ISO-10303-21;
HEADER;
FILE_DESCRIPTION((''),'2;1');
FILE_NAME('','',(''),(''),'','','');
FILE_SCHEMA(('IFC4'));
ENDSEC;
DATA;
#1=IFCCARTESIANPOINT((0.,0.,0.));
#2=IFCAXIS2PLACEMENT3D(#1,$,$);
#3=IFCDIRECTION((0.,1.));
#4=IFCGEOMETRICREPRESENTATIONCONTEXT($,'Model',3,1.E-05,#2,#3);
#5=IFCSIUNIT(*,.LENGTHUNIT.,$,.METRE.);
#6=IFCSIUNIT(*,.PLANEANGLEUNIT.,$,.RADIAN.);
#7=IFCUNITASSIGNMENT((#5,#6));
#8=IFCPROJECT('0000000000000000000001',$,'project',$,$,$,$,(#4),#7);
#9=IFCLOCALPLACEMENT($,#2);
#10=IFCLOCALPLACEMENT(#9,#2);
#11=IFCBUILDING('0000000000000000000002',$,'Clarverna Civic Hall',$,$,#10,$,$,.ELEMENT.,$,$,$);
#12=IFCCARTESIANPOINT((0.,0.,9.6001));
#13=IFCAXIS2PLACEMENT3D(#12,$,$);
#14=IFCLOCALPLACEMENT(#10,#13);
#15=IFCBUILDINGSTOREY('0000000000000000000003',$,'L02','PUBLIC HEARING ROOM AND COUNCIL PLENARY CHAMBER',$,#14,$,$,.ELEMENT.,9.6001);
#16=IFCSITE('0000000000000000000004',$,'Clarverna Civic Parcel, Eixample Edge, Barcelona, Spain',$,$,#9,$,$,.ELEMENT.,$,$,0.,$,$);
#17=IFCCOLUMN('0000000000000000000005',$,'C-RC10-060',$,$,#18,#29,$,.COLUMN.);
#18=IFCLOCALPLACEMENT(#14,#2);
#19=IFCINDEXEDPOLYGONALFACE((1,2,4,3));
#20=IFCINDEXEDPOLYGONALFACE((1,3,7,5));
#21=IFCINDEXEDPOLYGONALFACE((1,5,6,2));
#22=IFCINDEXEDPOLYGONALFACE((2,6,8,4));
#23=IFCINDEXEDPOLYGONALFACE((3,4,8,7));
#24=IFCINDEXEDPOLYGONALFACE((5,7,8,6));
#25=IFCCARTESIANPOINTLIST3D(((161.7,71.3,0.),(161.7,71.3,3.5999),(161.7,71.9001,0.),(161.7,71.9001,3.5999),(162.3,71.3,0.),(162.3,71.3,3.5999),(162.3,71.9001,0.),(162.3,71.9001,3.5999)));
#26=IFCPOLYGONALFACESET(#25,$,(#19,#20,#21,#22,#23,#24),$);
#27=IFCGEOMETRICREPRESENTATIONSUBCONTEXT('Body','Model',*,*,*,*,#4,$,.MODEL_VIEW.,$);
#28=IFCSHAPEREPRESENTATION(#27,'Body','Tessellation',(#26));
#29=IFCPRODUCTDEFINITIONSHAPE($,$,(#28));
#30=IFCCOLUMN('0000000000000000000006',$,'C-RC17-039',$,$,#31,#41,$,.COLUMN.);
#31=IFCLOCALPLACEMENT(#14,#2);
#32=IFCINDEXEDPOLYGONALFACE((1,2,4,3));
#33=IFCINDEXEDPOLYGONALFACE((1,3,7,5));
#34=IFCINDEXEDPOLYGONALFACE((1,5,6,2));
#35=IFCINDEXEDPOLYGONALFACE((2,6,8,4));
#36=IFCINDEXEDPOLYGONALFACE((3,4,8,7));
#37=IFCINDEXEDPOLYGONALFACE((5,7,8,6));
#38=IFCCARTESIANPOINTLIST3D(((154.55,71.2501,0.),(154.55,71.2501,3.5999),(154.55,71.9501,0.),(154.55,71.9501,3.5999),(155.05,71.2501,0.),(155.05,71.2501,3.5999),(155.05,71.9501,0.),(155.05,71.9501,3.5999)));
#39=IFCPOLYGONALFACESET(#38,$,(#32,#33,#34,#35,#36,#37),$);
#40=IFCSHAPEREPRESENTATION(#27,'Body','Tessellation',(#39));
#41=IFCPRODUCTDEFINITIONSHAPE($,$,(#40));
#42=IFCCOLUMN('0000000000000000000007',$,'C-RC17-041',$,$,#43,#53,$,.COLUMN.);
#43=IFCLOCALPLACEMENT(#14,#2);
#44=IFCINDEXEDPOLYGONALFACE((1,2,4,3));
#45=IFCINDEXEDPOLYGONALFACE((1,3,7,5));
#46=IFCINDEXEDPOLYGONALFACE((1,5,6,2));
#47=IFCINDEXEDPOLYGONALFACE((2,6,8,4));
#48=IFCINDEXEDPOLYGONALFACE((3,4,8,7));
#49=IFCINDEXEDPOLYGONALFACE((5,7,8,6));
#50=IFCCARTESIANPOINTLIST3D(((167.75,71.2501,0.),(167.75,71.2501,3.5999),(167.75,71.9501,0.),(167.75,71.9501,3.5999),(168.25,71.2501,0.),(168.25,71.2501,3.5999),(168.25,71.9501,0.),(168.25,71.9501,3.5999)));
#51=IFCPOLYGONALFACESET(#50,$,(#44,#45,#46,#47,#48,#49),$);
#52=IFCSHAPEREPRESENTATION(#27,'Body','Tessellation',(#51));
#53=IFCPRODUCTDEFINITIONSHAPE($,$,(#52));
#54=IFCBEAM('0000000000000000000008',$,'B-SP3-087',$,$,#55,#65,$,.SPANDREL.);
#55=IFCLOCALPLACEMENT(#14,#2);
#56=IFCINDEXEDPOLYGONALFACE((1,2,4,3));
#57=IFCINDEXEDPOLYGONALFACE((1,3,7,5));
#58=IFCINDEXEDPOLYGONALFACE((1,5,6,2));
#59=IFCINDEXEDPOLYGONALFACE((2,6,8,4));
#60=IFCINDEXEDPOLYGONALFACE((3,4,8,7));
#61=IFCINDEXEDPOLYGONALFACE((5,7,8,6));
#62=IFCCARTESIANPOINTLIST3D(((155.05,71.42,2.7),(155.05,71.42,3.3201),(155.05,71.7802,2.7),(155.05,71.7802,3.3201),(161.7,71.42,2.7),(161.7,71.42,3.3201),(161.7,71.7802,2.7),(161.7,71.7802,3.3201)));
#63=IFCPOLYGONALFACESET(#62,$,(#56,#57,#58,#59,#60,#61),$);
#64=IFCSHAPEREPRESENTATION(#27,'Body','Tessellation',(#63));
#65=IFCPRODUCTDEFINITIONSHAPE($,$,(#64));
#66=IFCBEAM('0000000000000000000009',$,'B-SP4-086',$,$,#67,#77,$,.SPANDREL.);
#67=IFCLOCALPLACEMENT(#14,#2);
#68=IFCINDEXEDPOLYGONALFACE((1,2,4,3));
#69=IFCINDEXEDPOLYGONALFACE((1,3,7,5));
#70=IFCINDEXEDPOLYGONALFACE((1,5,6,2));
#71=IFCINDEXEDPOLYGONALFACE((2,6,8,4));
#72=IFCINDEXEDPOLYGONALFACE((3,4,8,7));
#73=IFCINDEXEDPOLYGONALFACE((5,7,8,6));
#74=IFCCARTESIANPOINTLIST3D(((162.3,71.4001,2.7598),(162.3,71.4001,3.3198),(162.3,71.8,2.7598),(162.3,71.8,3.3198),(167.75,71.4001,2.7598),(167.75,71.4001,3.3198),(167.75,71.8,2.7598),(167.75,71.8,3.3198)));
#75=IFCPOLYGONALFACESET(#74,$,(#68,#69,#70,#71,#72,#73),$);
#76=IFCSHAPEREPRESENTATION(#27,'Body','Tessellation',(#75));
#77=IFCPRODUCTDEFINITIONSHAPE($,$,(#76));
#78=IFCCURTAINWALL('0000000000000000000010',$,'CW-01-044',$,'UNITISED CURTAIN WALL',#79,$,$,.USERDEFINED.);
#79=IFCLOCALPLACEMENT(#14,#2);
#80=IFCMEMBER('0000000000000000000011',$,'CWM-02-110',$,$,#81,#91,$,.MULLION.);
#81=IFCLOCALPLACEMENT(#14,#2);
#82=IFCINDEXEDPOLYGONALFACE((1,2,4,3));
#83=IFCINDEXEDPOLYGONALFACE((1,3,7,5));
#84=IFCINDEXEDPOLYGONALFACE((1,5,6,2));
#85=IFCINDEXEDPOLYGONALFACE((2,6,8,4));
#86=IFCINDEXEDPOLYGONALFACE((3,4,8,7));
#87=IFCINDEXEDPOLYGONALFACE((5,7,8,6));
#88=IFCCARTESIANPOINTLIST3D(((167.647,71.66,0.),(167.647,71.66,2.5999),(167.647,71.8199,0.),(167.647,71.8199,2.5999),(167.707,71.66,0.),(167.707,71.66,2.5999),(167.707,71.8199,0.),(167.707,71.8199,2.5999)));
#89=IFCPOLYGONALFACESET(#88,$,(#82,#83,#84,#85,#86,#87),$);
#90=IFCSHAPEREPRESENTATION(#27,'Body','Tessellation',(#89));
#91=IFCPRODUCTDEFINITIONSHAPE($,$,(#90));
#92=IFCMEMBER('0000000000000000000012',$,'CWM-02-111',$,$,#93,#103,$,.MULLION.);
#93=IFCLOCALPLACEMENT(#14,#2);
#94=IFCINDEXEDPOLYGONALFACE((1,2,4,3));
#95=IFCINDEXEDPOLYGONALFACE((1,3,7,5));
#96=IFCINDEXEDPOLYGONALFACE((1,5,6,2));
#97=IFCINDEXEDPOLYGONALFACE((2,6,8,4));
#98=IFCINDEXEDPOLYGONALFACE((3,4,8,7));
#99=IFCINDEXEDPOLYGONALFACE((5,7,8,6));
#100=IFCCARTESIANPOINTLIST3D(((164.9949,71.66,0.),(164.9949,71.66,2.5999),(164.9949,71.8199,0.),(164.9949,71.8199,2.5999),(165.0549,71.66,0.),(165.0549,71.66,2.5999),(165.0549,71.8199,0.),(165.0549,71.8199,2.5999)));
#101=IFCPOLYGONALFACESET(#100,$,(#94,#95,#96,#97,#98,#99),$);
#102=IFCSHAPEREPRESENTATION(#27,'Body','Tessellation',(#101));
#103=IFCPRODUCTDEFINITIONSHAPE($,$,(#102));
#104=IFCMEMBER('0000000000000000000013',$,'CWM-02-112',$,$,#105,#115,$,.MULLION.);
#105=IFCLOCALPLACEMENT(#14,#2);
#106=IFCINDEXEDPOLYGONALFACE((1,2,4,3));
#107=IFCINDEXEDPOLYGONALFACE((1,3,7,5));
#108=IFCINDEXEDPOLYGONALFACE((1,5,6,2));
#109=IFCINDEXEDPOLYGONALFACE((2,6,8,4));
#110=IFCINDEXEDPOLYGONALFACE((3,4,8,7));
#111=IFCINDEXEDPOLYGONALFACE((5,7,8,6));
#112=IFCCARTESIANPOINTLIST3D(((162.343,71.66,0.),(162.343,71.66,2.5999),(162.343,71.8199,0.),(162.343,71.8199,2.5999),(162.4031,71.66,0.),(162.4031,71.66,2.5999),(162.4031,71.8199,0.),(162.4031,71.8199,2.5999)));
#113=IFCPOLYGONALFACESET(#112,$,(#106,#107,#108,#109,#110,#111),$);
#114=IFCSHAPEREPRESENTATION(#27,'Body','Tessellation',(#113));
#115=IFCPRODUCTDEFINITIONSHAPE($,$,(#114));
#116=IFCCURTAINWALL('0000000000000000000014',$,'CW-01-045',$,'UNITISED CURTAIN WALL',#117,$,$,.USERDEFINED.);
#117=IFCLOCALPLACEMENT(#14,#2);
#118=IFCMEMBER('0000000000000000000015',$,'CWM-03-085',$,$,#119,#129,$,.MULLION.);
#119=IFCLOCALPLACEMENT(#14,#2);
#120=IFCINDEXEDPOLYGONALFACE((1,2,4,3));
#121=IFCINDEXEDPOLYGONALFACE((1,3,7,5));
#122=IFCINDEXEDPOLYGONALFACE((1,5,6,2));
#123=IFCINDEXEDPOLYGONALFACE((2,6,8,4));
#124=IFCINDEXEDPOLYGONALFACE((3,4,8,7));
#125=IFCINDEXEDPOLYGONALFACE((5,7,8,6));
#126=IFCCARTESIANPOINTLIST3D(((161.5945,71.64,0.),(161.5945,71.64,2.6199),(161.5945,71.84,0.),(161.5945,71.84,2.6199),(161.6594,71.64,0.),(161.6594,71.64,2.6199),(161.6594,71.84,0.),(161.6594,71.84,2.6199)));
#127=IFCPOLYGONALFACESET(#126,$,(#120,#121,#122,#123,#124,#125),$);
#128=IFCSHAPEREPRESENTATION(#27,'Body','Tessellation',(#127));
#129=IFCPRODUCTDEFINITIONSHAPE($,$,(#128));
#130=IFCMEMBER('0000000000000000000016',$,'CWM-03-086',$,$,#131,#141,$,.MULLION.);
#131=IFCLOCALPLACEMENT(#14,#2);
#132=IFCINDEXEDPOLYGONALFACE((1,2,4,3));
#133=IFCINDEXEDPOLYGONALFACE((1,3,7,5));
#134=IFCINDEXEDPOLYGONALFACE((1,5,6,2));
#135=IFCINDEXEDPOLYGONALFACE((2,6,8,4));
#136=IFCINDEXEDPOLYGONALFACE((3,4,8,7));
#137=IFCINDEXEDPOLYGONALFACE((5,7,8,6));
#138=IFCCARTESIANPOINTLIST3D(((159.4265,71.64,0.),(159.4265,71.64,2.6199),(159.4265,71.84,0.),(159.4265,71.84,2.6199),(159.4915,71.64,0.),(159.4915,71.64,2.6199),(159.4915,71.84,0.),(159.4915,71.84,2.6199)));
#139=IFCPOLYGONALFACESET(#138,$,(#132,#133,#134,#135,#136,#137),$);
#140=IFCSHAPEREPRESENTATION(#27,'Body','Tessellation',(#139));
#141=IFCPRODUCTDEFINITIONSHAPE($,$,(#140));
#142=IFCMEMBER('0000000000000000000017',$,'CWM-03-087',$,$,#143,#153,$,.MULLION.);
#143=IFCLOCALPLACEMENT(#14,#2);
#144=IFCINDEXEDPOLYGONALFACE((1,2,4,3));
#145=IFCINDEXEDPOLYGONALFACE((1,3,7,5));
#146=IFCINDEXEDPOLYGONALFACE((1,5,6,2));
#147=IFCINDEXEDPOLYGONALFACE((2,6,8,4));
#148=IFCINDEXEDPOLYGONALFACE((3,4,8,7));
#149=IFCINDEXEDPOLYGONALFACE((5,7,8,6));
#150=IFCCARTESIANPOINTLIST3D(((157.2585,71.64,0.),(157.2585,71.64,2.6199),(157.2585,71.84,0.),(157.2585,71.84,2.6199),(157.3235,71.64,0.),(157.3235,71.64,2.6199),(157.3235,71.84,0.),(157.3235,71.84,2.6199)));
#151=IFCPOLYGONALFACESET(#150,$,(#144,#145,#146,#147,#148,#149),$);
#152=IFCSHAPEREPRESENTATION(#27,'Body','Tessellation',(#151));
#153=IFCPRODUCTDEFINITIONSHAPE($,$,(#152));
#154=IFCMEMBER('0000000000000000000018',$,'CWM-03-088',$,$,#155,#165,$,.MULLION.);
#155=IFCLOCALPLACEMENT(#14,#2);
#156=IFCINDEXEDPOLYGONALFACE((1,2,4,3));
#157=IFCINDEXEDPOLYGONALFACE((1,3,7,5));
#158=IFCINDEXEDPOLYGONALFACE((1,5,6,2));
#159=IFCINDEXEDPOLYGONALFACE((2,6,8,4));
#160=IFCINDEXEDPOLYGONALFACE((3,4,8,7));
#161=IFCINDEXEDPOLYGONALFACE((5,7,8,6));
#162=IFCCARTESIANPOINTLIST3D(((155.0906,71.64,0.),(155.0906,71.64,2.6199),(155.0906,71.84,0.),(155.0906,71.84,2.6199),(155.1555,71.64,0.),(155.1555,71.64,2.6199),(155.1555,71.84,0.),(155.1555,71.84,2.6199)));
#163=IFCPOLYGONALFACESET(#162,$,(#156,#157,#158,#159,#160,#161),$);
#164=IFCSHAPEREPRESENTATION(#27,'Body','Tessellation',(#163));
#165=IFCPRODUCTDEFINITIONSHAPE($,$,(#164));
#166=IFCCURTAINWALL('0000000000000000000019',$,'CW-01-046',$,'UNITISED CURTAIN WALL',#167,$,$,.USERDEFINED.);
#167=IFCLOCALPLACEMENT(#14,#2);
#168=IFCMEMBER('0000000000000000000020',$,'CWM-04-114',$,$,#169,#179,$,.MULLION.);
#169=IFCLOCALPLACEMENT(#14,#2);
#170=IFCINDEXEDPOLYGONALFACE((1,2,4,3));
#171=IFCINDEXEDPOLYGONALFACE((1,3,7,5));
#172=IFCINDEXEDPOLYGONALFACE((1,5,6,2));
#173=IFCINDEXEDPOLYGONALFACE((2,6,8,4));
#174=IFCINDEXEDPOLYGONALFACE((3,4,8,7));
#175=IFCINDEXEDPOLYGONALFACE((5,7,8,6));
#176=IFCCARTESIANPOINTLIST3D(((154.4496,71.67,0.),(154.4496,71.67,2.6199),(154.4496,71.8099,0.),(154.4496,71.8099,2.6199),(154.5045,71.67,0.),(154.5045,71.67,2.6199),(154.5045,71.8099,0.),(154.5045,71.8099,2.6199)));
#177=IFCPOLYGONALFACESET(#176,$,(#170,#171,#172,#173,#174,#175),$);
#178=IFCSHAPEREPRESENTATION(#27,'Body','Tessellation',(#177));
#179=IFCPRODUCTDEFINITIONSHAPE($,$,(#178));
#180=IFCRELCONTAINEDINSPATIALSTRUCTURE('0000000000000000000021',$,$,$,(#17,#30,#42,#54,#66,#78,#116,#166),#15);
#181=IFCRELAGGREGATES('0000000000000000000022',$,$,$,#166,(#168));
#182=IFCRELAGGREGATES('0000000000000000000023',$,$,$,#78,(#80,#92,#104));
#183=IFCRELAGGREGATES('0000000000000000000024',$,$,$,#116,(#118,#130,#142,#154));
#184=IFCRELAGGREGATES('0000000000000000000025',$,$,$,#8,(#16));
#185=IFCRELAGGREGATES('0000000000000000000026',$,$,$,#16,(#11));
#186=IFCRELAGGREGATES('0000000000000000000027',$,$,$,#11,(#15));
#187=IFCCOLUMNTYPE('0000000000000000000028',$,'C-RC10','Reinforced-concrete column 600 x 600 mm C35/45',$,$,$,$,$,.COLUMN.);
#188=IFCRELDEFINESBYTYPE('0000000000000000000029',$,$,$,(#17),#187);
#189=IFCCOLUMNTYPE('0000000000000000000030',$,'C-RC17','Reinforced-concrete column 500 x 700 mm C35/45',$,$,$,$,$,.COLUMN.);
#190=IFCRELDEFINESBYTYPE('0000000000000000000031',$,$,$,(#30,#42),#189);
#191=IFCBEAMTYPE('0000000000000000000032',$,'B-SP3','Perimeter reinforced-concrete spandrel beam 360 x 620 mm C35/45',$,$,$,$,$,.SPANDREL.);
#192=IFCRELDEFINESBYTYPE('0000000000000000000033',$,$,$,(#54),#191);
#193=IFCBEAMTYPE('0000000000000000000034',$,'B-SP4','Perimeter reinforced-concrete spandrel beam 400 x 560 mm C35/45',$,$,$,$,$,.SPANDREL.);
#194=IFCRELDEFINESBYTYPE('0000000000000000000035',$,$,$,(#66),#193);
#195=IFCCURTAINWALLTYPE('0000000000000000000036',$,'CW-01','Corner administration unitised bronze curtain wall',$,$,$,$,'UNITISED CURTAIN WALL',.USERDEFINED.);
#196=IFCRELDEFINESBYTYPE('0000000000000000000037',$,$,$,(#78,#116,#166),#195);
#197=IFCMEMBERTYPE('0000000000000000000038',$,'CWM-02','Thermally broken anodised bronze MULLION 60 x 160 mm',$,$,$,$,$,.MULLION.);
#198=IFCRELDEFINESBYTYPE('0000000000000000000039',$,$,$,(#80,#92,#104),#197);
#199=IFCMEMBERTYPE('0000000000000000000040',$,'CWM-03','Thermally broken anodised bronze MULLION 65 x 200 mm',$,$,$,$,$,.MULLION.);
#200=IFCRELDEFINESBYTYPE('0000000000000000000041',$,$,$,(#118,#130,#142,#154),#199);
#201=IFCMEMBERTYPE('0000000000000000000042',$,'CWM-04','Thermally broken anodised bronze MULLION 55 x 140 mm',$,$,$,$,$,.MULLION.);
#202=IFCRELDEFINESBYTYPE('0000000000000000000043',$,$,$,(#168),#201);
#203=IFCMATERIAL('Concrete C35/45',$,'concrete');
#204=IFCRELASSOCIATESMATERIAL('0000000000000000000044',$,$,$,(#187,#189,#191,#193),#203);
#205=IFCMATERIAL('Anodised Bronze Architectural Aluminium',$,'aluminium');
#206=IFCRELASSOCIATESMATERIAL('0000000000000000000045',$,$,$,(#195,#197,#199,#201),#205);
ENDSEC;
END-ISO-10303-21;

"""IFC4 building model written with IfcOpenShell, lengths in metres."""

from ifc_helpers import new_model, si_unit, direction, frame, origin, origin_2d, place, context, subcontext, project, spatial, rectangle, extrude, material, material_profile, profile_set, type_object, element, aggregate, save


model = new_model("IFC4")

# Units and contexts
model_context = context("Model", 3, precision=1e-05, world=origin(), true_north=direction((0.0, 1.0)))
body_context = subcontext(model_context, "Body", "Model", "MODEL_VIEW")
ifc_project = project(units=[si_unit("LENGTHUNIT", "METRE"), si_unit("PLANEANGLEUNIT", "RADIAN")], contexts=[model_context])

# Site, building, storey
site_placement = place(None, origin())
site = spatial("IfcSite", under=ifc_project, at=site_placement, Name="Clarverna Civic Parcel, Eixample Edge, Barcelona, Spain", CompositionType="ELEMENT", RefElevation=0.0)
building_placement = place(site_placement, origin())
building = spatial("IfcBuilding", under=site, at=building_placement, Name="Clarverna Civic Hall", CompositionType="ELEMENT")
storey_placement = place(building_placement, frame((0.0, 0.0, 9.6001)))
storey = spatial("IfcBuildingStorey", under=building, at=storey_placement, Name="L02", Description="PUBLIC HEARING ROOM AND COUNCIL PLENARY CHAMBER", CompositionType="ELEMENT", Elevation=9.6001)

# Columns
ifc_material_1 = material(Name="Concrete C35/45", Category="concrete")
ifc_material_profile_1 = material_profile(ifc_material_1, rectangle(XDim=0.6001, YDim=0.6001, at=origin_2d()), Name="RC 600x600")
ifc_profile_set_1 = profile_set([ifc_material_profile_1], Name="Concrete C35/45")
column_type_1 = type_object("IfcColumnType", Name="C-RC10", Description="Reinforced-concrete column 600 x 600 mm C35/45", PredefinedType="COLUMN", material=ifc_profile_set_1)
column_placement = place(storey_placement, frame((162.0, 71.6001, 0.0), z_axis=(0.0, 0.0, 1.0), x_axis=(1.0, 0.0, 0.0)))
element("IfcColumn", 1, at=column_placement, inside=storey, type_object=column_type_1, Name="C-RC10-060", PredefinedType="COLUMN", context=body_context, shape_type="SweptSolid", body=[
    extrude(rectangle(XDim=0.6001, YDim=0.6001, at=origin_2d()), origin(), (0.0, 0.0, 1.0), 3.5999),
])
ifc_material_profile_2 = material_profile(ifc_material_1, rectangle(XDim=0.5, YDim=0.7, at=origin_2d()), Name="RC 500x700")
ifc_profile_set_2 = profile_set([ifc_material_profile_2], Name="Concrete C35/45")
column_type_2 = type_object("IfcColumnType", Name="C-RC17", Description="Reinforced-concrete column 500 x 700 mm C35/45", PredefinedType="COLUMN", material=ifc_profile_set_2)
for number, where, z_axis, x_axis, name in (
    (2, (154.8, 71.6001, 0.0), (0.0, 0.0, 1.0), (1.0, 0.0, 0.0), "C-RC17-039"),
    (3, (168.0, 71.6001, 0.0), (0.0, 0.0, 1.0), (1.0, 0.0, 0.0), "C-RC17-041"),
):
    element("IfcColumn", number, at=place(storey_placement, frame(where, z_axis=z_axis, x_axis=x_axis)), inside=storey, type_object=column_type_2, Name=name, PredefinedType="COLUMN", context=body_context, shape_type="SweptSolid", body=[
        extrude(rectangle(XDim=0.5, YDim=0.7, at=origin_2d()), origin(), (0.0, 0.0, 1.0), 3.5999),
    ])

# Beams
ifc_material_profile_3 = material_profile(ifc_material_1, rectangle(XDim=0.3601, YDim=0.6201, at=origin_2d()), Name="RC 360x620")
ifc_profile_set_3 = profile_set([ifc_material_profile_3], Name="Concrete C35/45")
beam_type_1 = type_object("IfcBeamType", Name="B-SP3", Description="Perimeter reinforced-concrete spandrel beam 360 x 620 mm C35/45", PredefinedType="SPANDREL", material=ifc_profile_set_3)
beam_1_placement = place(storey_placement, frame((155.05, 71.6001, 3.01), z_axis=(1.0, 0.0, 0.0), x_axis=(0.0, 1.0, 0.0)))
element("IfcBeam", 4, at=beam_1_placement, inside=storey, type_object=beam_type_1, Name="B-SP3-087", PredefinedType="SPANDREL", context=body_context, shape_type="SweptSolid", body=[
    extrude(rectangle(XDim=0.3601, YDim=0.6201, at=origin_2d()), origin(), (0.0, 0.0, 1.0), 6.6499),
])
ifc_material_profile_4 = material_profile(ifc_material_1, rectangle(XDim=0.3999, YDim=0.5601, at=origin_2d()), Name="RC 400x560")
ifc_profile_set_4 = profile_set([ifc_material_profile_4], Name="Concrete C35/45")
beam_type_2 = type_object("IfcBeamType", Name="B-SP4", Description="Perimeter reinforced-concrete spandrel beam 400 x 560 mm C35/45", PredefinedType="SPANDREL", material=ifc_profile_set_4)
beam_2_placement = place(storey_placement, frame((162.3, 71.6001, 3.0398), z_axis=(1.0, 0.0, 0.0), x_axis=(0.0, 1.0, 0.0)))
element("IfcBeam", 5, at=beam_2_placement, inside=storey, type_object=beam_type_2, Name="B-SP4-086", PredefinedType="SPANDREL", context=body_context, shape_type="SweptSolid", body=[
    extrude(rectangle(XDim=0.3999, YDim=0.5601, at=origin_2d()), origin(), (0.0, 0.0, 1.0), 5.45),
])

# Curtain walls, members
ifc_material_2 = material(Name="Anodised Bronze Architectural Aluminium", Category="aluminium")
curtain_wall_type = type_object("IfcCurtainWallType", Name="CW-01", Description="Corner administration unitised bronze curtain wall", ElementType="UNITISED CURTAIN WALL", PredefinedType="USERDEFINED", material=ifc_material_2)
curtain_wall_1_placement = place(storey_placement, origin())
curtain_wall_1 = element("IfcCurtainWall", 6, at=curtain_wall_1_placement, inside=storey, type_object=curtain_wall_type, Name="CW-01-044", ObjectType="UNITISED CURTAIN WALL", PredefinedType="USERDEFINED")
ifc_material_profile_5 = material_profile(ifc_material_2, rectangle(XDim=0.0601, YDim=0.1599, at=origin_2d()), Name="BRONZE 60x160")
ifc_profile_set_5 = profile_set([ifc_material_profile_5], Name="Anodised Bronze Architectural Aluminium")
member_type_1 = type_object("IfcMemberType", Name="CWM-02", Description="Thermally broken anodised bronze MULLION 60 x 160 mm", PredefinedType="MULLION", material=ifc_profile_set_5)
member_1_placement = place(storey_placement, frame((167.677, 71.74, 0.0), z_axis=(0.0, 0.0, 1.0), x_axis=(1.0, 0.0, 0.0)))
member_1 = element("IfcMember", 7, at=member_1_placement, type_object=member_type_1, Name="CWM-02-110", PredefinedType="MULLION", context=body_context, shape_type="SweptSolid", body=[
    extrude(rectangle(XDim=0.0601, YDim=0.1599, at=origin_2d()), origin(), (0.0, 0.0, 1.0), 2.5999),
])
member_2_placement = place(storey_placement, frame((165.0249, 71.74, 0.0), z_axis=(0.0, 0.0, 1.0), x_axis=(1.0, 0.0, 0.0)))
member_2 = element("IfcMember", 8, at=member_2_placement, type_object=member_type_1, Name="CWM-02-111", PredefinedType="MULLION", context=body_context, shape_type="SweptSolid", body=[
    extrude(rectangle(XDim=0.0601, YDim=0.1599, at=origin_2d()), origin(), (0.0, 0.0, 1.0), 2.5999),
])
member_3_placement = place(storey_placement, frame((162.373, 71.74, 0.0), z_axis=(0.0, 0.0, 1.0), x_axis=(1.0, 0.0, 0.0)))
member_3 = element("IfcMember", 9, at=member_3_placement, type_object=member_type_1, Name="CWM-02-112", PredefinedType="MULLION", context=body_context, shape_type="SweptSolid", body=[
    extrude(rectangle(XDim=0.0601, YDim=0.1599, at=origin_2d()), origin(), (0.0, 0.0, 1.0), 2.5999),
])
curtain_wall_2_placement = place(storey_placement, origin())
curtain_wall_2 = element("IfcCurtainWall", 10, at=curtain_wall_2_placement, inside=storey, type_object=curtain_wall_type, Name="CW-01-045", ObjectType="UNITISED CURTAIN WALL", PredefinedType="USERDEFINED")
ifc_material_profile_6 = material_profile(ifc_material_2, rectangle(XDim=0.0649, YDim=0.2, at=origin_2d()), Name="BRONZE 65x200")
ifc_profile_set_6 = profile_set([ifc_material_profile_6], Name="Anodised Bronze Architectural Aluminium")
member_type_2 = type_object("IfcMemberType", Name="CWM-03", Description="Thermally broken anodised bronze MULLION 65 x 200 mm", PredefinedType="MULLION", material=ifc_profile_set_6)
member_4_placement = place(storey_placement, frame((161.627, 71.74, 0.0), z_axis=(0.0, 0.0, 1.0), x_axis=(1.0, 0.0, 0.0)))
member_4 = element("IfcMember", 11, at=member_4_placement, type_object=member_type_2, Name="CWM-03-085", PredefinedType="MULLION", context=body_context, shape_type="SweptSolid", body=[
    extrude(rectangle(XDim=0.0649, YDim=0.2, at=origin_2d()), origin(), (0.0, 0.0, 1.0), 2.6199),
])
member_5_placement = place(storey_placement, frame((159.459, 71.74, 0.0), z_axis=(0.0, 0.0, 1.0), x_axis=(1.0, 0.0, 0.0)))
member_5 = element("IfcMember", 12, at=member_5_placement, type_object=member_type_2, Name="CWM-03-086", PredefinedType="MULLION", context=body_context, shape_type="SweptSolid", body=[
    extrude(rectangle(XDim=0.0649, YDim=0.2, at=origin_2d()), origin(), (0.0, 0.0, 1.0), 2.6199),
])
member_6_placement = place(storey_placement, frame((157.291, 71.74, 0.0), z_axis=(0.0, 0.0, 1.0), x_axis=(1.0, 0.0, 0.0)))
member_6 = element("IfcMember", 13, at=member_6_placement, type_object=member_type_2, Name="CWM-03-087", PredefinedType="MULLION", context=body_context, shape_type="SweptSolid", body=[
    extrude(rectangle(XDim=0.0649, YDim=0.2, at=origin_2d()), origin(), (0.0, 0.0, 1.0), 2.6199),
])
member_7_placement = place(storey_placement, frame((155.123, 71.74, 0.0), z_axis=(0.0, 0.0, 1.0), x_axis=(1.0, 0.0, 0.0)))
member_7 = element("IfcMember", 14, at=member_7_placement, type_object=member_type_2, Name="CWM-03-088", PredefinedType="MULLION", context=body_context, shape_type="SweptSolid", body=[
    extrude(rectangle(XDim=0.0649, YDim=0.2, at=origin_2d()), origin(), (0.0, 0.0, 1.0), 2.6199),
])

# Curtain wall, member
curtain_wall_3_placement = place(storey_placement, origin())
curtain_wall_3 = element("IfcCurtainWall", 15, at=curtain_wall_3_placement, inside=storey, type_object=curtain_wall_type, Name="CW-01-046", ObjectType="UNITISED CURTAIN WALL", PredefinedType="USERDEFINED")
ifc_material_profile_7 = material_profile(ifc_material_2, rectangle(XDim=0.0549, YDim=0.1399, at=origin_2d()), Name="BRONZE 55x140")
ifc_profile_set_7 = profile_set([ifc_material_profile_7], Name="Anodised Bronze Architectural Aluminium")
member_type_3 = type_object("IfcMemberType", Name="CWM-04", Description="Thermally broken anodised bronze MULLION 55 x 140 mm", PredefinedType="MULLION", material=ifc_profile_set_7)
member_8_placement = place(storey_placement, frame((154.4771, 71.74, 0.0), z_axis=(0.0, 0.0, 1.0), x_axis=(1.0, 0.0, 0.0)))
member_8 = element("IfcMember", 16, at=member_8_placement, type_object=member_type_3, Name="CWM-04-114", PredefinedType="MULLION", context=body_context, shape_type="SweptSolid", body=[
    extrude(rectangle(XDim=0.0549, YDim=0.1399, at=origin_2d()), origin(), (0.0, 0.0, 1.0), 2.6199),
])

aggregate(curtain_wall_3, [member_8])
aggregate(curtain_wall_1, [member_1, member_2, member_3])
aggregate(curtain_wall_2, [member_4, member_5, member_6, member_7])

save(model, "model.ifc")
